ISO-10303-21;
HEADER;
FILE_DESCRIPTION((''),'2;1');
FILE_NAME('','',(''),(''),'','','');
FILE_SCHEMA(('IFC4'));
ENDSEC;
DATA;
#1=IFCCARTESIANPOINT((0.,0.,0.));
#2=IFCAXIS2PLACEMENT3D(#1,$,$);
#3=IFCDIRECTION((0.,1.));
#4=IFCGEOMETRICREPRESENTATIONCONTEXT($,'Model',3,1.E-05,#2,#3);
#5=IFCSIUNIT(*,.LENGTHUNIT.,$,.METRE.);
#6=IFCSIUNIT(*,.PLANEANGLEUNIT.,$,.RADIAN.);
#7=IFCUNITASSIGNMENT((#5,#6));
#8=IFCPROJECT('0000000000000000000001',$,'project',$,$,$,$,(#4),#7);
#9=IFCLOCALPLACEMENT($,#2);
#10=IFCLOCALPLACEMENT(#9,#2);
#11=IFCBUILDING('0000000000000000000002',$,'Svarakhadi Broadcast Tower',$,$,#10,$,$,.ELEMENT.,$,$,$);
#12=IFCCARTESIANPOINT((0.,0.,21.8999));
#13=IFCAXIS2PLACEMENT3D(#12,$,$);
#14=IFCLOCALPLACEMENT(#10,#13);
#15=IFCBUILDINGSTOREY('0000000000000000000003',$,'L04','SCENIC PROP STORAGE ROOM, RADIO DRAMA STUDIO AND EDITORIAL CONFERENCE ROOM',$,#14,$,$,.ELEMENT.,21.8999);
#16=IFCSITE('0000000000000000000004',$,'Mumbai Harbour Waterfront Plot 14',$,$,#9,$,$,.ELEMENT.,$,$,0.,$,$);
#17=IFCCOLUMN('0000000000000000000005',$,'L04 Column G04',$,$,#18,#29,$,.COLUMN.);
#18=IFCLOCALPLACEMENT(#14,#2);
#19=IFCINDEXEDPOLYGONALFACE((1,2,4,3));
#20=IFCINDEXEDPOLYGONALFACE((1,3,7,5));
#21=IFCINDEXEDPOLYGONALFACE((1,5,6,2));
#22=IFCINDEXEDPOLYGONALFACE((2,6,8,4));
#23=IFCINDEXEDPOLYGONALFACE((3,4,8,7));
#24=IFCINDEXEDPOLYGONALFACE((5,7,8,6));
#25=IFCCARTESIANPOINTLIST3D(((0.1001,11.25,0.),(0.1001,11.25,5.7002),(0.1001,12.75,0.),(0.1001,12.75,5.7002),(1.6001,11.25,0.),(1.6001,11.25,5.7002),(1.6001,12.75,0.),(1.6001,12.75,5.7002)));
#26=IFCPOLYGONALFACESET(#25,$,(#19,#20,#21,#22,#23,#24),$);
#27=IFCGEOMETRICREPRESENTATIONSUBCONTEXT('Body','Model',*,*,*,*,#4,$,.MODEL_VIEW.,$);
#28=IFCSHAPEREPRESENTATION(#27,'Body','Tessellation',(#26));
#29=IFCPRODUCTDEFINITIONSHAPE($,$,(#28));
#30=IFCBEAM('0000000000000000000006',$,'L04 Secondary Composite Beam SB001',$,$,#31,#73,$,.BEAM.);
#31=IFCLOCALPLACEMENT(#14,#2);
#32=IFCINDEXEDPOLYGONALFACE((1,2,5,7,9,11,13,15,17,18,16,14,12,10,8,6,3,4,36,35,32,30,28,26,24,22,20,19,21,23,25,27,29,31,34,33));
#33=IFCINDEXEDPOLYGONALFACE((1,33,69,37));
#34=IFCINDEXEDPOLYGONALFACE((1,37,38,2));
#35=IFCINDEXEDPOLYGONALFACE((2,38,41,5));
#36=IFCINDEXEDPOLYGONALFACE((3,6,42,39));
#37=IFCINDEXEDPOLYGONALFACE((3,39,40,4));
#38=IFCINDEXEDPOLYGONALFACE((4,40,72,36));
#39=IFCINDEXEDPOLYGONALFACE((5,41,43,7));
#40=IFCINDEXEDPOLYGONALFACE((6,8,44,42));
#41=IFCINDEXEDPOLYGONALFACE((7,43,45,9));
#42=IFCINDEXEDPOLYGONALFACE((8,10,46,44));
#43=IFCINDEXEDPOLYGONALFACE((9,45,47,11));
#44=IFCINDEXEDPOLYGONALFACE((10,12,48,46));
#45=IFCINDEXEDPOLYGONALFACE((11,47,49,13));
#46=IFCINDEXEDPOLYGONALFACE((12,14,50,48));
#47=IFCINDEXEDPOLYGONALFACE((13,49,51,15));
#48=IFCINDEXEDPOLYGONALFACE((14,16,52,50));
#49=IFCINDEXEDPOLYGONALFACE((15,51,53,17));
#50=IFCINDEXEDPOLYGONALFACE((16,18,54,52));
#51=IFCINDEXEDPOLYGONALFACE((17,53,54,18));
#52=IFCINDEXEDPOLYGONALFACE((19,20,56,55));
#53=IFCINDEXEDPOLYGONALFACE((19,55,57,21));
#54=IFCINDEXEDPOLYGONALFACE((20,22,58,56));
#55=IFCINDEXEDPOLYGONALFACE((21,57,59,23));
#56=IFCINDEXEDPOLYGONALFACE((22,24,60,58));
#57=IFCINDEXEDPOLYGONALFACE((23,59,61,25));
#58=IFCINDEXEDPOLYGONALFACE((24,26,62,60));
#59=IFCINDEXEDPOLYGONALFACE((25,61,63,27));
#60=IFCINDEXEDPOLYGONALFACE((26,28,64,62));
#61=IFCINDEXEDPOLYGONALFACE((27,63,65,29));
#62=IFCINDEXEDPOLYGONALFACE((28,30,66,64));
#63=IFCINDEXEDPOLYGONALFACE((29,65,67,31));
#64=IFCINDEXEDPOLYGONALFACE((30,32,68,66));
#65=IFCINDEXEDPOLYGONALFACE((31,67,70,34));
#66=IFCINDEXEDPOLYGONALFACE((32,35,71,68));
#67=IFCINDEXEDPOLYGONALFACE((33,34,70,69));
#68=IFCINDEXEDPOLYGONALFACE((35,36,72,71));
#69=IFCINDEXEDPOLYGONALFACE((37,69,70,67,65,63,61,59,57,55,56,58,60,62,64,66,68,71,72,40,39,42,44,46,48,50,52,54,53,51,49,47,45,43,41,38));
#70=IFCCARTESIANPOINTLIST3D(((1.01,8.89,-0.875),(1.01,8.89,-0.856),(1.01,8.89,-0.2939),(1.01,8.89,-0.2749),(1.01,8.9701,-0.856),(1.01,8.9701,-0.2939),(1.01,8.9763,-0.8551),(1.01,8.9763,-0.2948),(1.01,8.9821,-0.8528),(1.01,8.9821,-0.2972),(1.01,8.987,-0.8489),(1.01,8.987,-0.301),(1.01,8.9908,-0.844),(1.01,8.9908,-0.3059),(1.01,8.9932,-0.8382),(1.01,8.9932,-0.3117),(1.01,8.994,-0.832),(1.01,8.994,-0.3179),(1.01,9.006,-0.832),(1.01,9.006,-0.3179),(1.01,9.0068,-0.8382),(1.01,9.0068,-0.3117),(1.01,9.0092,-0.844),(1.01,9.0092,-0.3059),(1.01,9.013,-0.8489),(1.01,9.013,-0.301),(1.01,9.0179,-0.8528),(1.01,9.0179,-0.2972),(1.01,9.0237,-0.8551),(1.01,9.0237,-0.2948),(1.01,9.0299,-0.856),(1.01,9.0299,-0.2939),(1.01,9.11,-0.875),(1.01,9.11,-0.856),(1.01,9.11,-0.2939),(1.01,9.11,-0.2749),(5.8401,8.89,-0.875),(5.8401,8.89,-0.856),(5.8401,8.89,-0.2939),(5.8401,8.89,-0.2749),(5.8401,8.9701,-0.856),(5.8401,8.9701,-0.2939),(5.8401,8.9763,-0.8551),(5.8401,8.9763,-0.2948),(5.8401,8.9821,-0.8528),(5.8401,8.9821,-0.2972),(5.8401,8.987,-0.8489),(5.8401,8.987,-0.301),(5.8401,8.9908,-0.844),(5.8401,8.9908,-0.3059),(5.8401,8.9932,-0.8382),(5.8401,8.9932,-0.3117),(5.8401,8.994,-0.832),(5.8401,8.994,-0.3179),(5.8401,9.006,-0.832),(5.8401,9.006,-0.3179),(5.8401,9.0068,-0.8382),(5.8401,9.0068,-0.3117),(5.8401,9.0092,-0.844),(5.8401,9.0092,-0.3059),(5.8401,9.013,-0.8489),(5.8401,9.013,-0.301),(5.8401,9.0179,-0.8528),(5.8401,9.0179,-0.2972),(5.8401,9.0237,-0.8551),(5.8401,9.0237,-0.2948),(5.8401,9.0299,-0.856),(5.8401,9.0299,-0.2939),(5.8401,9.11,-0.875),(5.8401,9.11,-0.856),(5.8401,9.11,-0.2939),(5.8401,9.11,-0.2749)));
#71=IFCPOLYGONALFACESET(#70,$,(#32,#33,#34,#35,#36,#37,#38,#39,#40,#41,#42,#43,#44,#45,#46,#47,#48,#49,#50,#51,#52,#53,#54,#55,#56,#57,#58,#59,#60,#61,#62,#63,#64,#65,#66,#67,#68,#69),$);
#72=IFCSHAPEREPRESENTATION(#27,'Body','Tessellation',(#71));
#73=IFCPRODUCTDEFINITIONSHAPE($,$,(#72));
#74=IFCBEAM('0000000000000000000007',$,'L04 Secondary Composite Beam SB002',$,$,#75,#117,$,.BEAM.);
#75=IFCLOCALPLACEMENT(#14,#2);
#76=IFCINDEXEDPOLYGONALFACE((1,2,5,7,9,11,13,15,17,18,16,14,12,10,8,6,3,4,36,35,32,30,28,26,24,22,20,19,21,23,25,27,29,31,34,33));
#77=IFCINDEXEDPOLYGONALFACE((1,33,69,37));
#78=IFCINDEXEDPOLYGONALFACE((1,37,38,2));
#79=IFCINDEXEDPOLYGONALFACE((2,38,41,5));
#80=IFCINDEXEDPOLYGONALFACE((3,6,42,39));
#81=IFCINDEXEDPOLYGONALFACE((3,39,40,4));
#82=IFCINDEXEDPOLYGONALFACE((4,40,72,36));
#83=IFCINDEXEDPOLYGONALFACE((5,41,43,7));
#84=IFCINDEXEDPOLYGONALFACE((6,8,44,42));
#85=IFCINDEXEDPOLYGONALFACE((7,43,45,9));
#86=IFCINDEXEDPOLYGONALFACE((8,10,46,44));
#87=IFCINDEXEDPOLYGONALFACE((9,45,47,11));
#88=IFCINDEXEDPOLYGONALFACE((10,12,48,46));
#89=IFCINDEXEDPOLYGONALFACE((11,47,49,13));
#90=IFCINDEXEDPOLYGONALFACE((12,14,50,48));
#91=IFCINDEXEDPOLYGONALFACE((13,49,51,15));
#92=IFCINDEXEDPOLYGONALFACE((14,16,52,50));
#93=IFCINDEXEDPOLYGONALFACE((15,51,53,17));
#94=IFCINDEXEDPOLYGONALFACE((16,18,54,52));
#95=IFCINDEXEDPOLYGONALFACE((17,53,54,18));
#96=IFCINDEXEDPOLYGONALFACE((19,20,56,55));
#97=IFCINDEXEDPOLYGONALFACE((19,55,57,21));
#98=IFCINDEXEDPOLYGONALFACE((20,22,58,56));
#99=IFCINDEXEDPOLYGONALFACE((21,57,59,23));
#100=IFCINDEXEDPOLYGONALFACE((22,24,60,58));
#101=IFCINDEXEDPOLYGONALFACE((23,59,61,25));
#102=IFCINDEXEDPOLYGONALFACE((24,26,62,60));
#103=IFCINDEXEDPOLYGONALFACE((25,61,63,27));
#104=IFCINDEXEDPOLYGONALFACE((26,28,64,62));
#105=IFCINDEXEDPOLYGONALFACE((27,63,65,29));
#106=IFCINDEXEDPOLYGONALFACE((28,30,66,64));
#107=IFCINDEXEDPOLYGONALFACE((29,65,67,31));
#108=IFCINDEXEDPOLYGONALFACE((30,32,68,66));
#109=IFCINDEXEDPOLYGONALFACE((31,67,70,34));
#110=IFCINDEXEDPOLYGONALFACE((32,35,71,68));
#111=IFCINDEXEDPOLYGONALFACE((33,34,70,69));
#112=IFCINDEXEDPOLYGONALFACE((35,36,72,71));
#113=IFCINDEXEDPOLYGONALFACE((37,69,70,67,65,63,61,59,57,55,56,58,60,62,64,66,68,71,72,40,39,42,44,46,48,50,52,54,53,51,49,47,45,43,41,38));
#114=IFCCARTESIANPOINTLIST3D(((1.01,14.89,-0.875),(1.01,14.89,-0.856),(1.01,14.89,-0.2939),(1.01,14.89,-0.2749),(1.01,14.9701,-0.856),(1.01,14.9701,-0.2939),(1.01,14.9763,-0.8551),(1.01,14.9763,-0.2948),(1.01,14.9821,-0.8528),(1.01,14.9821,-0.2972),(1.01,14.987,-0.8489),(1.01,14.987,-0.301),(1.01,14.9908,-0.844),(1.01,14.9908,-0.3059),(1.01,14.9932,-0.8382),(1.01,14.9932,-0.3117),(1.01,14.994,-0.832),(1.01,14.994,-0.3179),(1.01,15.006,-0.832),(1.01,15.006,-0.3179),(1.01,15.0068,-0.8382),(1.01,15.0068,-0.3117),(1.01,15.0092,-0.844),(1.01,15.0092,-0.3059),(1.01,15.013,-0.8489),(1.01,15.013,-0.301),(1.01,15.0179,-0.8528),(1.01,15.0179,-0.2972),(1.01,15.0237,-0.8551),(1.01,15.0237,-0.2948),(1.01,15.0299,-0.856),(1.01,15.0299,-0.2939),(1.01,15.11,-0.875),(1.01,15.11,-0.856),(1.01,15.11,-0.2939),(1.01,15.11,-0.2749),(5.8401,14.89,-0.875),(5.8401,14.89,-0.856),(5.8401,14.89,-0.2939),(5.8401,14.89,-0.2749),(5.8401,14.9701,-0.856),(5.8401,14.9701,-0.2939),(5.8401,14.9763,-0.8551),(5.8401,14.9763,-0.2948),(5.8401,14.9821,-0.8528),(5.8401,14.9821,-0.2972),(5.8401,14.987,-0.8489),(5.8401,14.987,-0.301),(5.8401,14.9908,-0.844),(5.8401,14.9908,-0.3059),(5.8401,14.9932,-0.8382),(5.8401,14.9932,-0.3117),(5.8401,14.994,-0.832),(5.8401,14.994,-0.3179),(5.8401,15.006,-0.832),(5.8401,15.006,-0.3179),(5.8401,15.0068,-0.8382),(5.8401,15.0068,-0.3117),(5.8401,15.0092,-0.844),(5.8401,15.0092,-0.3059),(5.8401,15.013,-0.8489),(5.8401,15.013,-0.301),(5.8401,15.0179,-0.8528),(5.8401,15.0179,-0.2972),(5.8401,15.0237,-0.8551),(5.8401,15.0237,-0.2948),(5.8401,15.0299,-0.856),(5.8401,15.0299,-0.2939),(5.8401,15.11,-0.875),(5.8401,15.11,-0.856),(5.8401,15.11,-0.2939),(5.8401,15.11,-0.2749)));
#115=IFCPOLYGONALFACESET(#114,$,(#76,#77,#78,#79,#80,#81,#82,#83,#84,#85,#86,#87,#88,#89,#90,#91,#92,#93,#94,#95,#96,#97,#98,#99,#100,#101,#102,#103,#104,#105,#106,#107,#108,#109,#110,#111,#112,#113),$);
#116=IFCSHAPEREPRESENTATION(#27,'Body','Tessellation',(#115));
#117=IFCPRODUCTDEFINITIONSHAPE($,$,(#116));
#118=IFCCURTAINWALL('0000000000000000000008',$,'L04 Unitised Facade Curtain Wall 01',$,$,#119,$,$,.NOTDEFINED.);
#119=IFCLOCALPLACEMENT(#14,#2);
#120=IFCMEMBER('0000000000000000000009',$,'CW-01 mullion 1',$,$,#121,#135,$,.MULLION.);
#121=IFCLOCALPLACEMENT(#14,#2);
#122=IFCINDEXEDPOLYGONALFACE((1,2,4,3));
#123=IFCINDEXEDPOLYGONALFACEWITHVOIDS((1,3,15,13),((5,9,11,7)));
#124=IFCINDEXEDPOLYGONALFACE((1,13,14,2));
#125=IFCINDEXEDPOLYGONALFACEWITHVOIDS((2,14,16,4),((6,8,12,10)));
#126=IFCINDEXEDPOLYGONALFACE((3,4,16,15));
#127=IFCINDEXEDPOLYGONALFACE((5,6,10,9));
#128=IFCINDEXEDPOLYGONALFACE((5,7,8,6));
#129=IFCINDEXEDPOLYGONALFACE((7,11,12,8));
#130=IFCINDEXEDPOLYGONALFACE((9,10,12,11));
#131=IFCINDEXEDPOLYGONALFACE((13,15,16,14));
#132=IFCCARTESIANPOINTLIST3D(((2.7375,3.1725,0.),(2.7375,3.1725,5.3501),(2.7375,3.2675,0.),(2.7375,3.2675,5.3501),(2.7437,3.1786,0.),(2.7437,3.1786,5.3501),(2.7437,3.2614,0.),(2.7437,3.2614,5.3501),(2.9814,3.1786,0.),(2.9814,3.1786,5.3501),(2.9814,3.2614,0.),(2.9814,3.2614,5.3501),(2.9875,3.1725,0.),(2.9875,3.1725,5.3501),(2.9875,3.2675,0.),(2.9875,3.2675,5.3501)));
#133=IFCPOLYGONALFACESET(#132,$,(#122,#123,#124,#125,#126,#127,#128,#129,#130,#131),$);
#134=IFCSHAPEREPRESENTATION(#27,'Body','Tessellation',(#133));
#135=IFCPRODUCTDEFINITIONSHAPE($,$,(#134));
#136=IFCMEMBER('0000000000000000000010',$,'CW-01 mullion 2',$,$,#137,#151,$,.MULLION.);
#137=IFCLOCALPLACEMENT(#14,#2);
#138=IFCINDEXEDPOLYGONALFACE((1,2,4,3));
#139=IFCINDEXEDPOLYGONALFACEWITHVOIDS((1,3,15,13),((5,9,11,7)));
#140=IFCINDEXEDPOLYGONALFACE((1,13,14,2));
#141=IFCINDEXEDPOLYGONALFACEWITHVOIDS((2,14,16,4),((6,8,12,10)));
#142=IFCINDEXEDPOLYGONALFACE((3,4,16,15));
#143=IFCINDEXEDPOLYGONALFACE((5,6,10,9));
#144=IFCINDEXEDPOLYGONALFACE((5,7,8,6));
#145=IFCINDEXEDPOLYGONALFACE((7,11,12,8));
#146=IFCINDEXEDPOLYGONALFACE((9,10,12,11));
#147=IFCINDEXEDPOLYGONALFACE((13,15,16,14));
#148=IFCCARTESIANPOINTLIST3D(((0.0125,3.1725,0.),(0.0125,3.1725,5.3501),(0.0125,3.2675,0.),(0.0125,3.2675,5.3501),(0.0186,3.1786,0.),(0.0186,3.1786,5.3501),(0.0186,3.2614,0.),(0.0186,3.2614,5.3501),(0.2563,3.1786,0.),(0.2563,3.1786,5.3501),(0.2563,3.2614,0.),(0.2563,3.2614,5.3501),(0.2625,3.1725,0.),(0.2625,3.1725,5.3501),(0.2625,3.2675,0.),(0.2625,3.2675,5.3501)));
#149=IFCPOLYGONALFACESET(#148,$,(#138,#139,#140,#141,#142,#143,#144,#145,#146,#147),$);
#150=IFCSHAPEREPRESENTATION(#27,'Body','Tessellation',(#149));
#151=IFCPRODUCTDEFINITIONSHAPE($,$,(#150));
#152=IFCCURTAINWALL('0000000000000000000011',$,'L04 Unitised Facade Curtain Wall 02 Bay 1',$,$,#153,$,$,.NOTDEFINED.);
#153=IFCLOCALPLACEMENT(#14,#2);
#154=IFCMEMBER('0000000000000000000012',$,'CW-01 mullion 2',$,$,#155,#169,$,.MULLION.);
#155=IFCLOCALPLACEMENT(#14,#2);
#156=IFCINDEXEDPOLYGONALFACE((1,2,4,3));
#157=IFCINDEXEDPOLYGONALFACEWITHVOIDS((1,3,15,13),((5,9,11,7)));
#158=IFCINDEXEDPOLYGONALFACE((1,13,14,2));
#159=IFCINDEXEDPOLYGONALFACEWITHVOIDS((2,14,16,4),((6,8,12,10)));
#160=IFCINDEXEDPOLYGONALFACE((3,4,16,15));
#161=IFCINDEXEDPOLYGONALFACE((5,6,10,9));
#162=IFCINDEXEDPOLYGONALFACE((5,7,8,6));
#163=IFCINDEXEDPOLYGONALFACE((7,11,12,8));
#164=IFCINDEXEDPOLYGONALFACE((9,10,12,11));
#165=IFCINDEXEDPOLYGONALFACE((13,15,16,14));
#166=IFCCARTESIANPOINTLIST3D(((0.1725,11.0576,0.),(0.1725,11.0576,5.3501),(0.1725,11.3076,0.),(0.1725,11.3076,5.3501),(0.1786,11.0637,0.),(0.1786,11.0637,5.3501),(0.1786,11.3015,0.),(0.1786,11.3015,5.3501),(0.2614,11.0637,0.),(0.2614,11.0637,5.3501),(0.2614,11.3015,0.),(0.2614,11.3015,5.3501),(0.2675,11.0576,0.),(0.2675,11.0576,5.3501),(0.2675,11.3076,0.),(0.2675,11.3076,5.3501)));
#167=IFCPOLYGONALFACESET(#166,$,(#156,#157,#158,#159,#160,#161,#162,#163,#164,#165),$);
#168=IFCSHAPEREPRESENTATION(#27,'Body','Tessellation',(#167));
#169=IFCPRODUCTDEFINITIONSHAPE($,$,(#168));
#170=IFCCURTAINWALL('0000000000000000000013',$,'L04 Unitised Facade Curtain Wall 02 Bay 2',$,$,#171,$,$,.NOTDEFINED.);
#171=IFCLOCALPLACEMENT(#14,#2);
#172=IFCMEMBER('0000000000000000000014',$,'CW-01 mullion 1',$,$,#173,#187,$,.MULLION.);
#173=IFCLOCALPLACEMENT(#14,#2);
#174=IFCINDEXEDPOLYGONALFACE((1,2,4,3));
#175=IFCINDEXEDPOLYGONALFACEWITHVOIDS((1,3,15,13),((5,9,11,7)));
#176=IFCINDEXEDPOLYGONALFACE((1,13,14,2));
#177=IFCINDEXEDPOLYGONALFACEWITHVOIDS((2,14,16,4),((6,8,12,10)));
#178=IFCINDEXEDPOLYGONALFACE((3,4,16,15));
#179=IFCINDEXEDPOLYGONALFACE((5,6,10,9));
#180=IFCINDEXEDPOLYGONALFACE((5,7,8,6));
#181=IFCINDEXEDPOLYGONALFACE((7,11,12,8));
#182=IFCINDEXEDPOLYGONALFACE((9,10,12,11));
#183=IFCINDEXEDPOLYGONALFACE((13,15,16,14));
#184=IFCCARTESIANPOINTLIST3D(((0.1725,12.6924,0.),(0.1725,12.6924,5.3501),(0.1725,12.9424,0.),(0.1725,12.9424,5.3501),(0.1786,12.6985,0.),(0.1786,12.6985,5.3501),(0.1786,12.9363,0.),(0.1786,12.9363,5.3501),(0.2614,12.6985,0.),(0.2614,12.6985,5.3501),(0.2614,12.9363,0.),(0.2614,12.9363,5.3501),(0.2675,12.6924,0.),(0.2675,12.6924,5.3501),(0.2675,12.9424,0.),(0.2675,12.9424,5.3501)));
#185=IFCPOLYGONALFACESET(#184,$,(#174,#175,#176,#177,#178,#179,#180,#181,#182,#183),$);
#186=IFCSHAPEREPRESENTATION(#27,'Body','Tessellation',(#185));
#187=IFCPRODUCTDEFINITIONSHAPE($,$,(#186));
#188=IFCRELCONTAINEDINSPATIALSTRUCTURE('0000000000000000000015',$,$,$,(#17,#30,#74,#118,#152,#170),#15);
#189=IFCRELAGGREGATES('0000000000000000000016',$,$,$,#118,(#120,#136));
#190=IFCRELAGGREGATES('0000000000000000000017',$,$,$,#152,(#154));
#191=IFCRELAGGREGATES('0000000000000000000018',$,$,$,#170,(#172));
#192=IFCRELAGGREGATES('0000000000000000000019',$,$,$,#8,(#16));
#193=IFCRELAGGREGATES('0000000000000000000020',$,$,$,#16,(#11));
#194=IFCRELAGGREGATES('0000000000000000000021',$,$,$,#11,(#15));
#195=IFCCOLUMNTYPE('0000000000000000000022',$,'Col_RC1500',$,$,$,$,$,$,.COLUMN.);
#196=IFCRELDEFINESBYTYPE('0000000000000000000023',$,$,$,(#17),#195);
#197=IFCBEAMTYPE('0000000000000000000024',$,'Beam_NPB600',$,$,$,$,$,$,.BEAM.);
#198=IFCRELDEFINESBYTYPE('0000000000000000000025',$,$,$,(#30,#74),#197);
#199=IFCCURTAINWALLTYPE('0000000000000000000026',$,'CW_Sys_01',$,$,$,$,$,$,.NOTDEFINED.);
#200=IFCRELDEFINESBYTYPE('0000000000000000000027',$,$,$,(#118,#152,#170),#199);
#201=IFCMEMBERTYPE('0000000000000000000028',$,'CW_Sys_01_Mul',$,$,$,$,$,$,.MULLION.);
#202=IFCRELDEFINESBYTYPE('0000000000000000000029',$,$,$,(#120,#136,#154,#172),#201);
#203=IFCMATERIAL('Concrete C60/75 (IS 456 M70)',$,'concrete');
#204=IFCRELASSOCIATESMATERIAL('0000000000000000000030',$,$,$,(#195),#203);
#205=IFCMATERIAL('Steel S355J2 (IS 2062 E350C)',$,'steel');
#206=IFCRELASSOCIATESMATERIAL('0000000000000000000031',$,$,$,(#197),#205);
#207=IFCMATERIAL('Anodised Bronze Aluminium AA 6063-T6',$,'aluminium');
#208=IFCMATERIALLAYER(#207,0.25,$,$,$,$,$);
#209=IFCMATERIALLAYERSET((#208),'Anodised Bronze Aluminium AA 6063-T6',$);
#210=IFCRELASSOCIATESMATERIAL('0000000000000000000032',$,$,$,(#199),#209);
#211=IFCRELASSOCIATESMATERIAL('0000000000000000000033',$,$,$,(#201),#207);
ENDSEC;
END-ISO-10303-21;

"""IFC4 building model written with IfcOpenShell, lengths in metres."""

from ifc_helpers import new_model, si_unit, direction, frame, origin, origin_2d, place, context, subcontext, project, spatial, rectangle, hollow_rectangle, i_section, extrude, material, layer, layer_set, material_profile, profile_set, type_object, element, aggregate, save


model = new_model("IFC4")

# Units and contexts
model_context = context("Model", 3, precision=1e-05, world=origin(), true_north=direction((0.0, 1.0)))
body_context = subcontext(model_context, "Body", "Model", "MODEL_VIEW")
ifc_project = project(units=[si_unit("LENGTHUNIT", "METRE"), si_unit("PLANEANGLEUNIT", "RADIAN")], contexts=[model_context])

# Site, building, storey
site_placement = place(None, origin())
site = spatial("IfcSite", under=ifc_project, at=site_placement, Name="Mumbai Harbour Waterfront Plot 14", CompositionType="ELEMENT", RefElevation=0.0)
building_placement = place(site_placement, origin())
building = spatial("IfcBuilding", under=site, at=building_placement, Name="Svarakhadi Broadcast Tower", CompositionType="ELEMENT")
storey_placement = place(building_placement, frame((0.0, 0.0, 21.8999)))
storey = spatial("IfcBuildingStorey", under=building, at=storey_placement, Name="L04", Description="SCENIC PROP STORAGE ROOM, RADIO DRAMA STUDIO AND EDITORIAL CONFERENCE ROOM", CompositionType="ELEMENT", Elevation=21.8999)

# Column
ifc_material_1 = material(Name="Concrete C60/75 (IS 456 M70)", Category="concrete")
ifc_material_profile_1 = material_profile(ifc_material_1, rectangle(XDim=1.5, YDim=1.5, at=origin_2d()), Name="RC 1500x1500")
ifc_profile_set_1 = profile_set([ifc_material_profile_1], Name="Concrete C60/75 (IS 456 M70)")
column_type_1 = type_object("IfcColumnType", Name="Col_RC1500", PredefinedType="COLUMN", material=ifc_profile_set_1)
column_placement = place(storey_placement, frame((0.8501, 12.0, 0.0), z_axis=(0.0, 0.0, 1.0), x_axis=(1.0, 0.0, 0.0)))
element("IfcColumn", 1, at=column_placement, inside=storey, type_object=column_type_1, Name="L04 Column G04", PredefinedType="COLUMN", context=body_context, shape_type="SweptSolid", body=[
    extrude(rectangle(XDim=1.5, YDim=1.5, at=origin_2d()), origin(), (0.0, 0.0, 1.0), 5.7002),
])

# Beams
ifc_material_2 = material(Name="Steel S355J2 (IS 2062 E350C)", Category="steel")
ifc_material_profile_2 = material_profile(ifc_material_2, i_section(OverallWidth=0.22, OverallDepth=0.6001, WebThickness=0.012, FlangeThickness=0.019, FilletRadius=0.0239, at=origin_2d()), Name="NPB 600x220x122")
ifc_profile_set_2 = profile_set([ifc_material_profile_2], Name="Steel S355J2 (IS 2062 E350C)")
beam_type_1 = type_object("IfcBeamType", Name="Beam_NPB600", PredefinedType="BEAM", material=ifc_profile_set_2)
for number, where, z_axis, x_axis, name in (
    (2, (1.01, 9.0, -0.575), (1.0, 0.0, 0.0), (0.0, 1.0, 0.0), "L04 Secondary Composite Beam SB001"),
    (3, (1.01, 15.0, -0.575), (1.0, 0.0, 0.0), (0.0, 1.0, 0.0), "L04 Secondary Composite Beam SB002"),
):
    element("IfcBeam", number, at=place(storey_placement, frame(where, z_axis=z_axis, x_axis=x_axis)), inside=storey, type_object=beam_type_1, Name=name, PredefinedType="BEAM", context=body_context, shape_type="SweptSolid", body=[
        extrude(i_section(OverallWidth=0.22, OverallDepth=0.6001, WebThickness=0.012, FlangeThickness=0.019, FilletRadius=0.0239, at=origin_2d()), origin(), (0.0, 0.0, 1.0), 4.8301),
    ])

# Curtain wall, members
ifc_material_3 = material(Name="Anodised Bronze Aluminium AA 6063-T6", Category="aluminium")
ifc_layer_1 = layer(ifc_material_3, 0.25)
ifc_layer_set_1 = layer_set([ifc_layer_1], Name="Anodised Bronze Aluminium AA 6063-T6")
curtain_wall_type = type_object("IfcCurtainWallType", Name="CW_Sys_01", PredefinedType="NOTDEFINED", material=ifc_layer_set_1)
curtain_wall_1_placement = place(storey_placement, origin())
curtain_wall_1 = element("IfcCurtainWall", 4, at=curtain_wall_1_placement, inside=storey, type_object=curtain_wall_type, Name="L04 Unitised Facade Curtain Wall 01", PredefinedType="NOTDEFINED")
ifc_material_profile_3 = material_profile(ifc_material_3, hollow_rectangle(XDim=0.095, YDim=0.25, WallThickness=0.0061, at=origin_2d()), Name="ALU MULLION 250x95x6")
ifc_profile_set_3 = profile_set([ifc_material_profile_3], Name="Anodised Bronze Aluminium AA 6063-T6")
member_type_1 = type_object("IfcMemberType", Name="CW_Sys_01_Mul", PredefinedType="MULLION", material=ifc_profile_set_3)
member_1_placement = place(storey_placement, frame((2.8625, 3.22, 0.0), z_axis=(0.0, 0.0, 1.0), x_axis=(0.0, -1.0, 0.0)))
member_1 = element("IfcMember", 5, at=member_1_placement, type_object=member_type_1, Name="CW-01 mullion 1", PredefinedType="MULLION", context=body_context, shape_type="SweptSolid", body=[
    extrude(hollow_rectangle(XDim=0.095, YDim=0.25, WallThickness=0.0061, at=origin_2d()), origin(), (0.0, 0.0, 1.0), 5.3501),
])
member_2_placement = place(storey_placement, frame((0.1375, 3.22, 0.0), z_axis=(0.0, 0.0, 1.0), x_axis=(0.0, -1.0, 0.0)))
member_2 = element("IfcMember", 6, at=member_2_placement, type_object=member_type_1, Name="CW-01 mullion 2", PredefinedType="MULLION", context=body_context, shape_type="SweptSolid", body=[
    extrude(hollow_rectangle(XDim=0.095, YDim=0.25, WallThickness=0.0061, at=origin_2d()), origin(), (0.0, 0.0, 1.0), 5.3501),
])

# Curtain walls, members
curtain_wall_2_placement = place(storey_placement, origin())
curtain_wall_2 = element("IfcCurtainWall", 7, at=curtain_wall_2_placement, inside=storey, type_object=curtain_wall_type, Name="L04 Unitised Facade Curtain Wall 02 Bay 1", PredefinedType="NOTDEFINED")
member_3_placement = place(storey_placement, frame((0.22, 11.1826, 0.0), z_axis=(0.0, 0.0, 1.0), x_axis=(-1.0, 0.0, 0.0)))
member_3 = element("IfcMember", 8, at=member_3_placement, type_object=member_type_1, Name="CW-01 mullion 2", PredefinedType="MULLION", context=body_context, shape_type="SweptSolid", body=[
    extrude(hollow_rectangle(XDim=0.095, YDim=0.25, WallThickness=0.0061, at=origin_2d()), origin(), (0.0, 0.0, 1.0), 5.3501),
])
curtain_wall_3_placement = place(storey_placement, origin())
curtain_wall_3 = element("IfcCurtainWall", 9, at=curtain_wall_3_placement, inside=storey, type_object=curtain_wall_type, Name="L04 Unitised Facade Curtain Wall 02 Bay 2", PredefinedType="NOTDEFINED")
member_4_placement = place(storey_placement, frame((0.22, 12.8174, 0.0), z_axis=(0.0, 0.0, 1.0), x_axis=(-1.0, 0.0, 0.0)))
member_4 = element("IfcMember", 10, at=member_4_placement, type_object=member_type_1, Name="CW-01 mullion 1", PredefinedType="MULLION", context=body_context, shape_type="SweptSolid", body=[
    extrude(hollow_rectangle(XDim=0.095, YDim=0.25, WallThickness=0.0061, at=origin_2d()), origin(), (0.0, 0.0, 1.0), 5.3501),
])

aggregate(curtain_wall_1, [member_1, member_2])
aggregate(curtain_wall_2, [member_3])
aggregate(curtain_wall_3, [member_4])

save(model, "model.ifc")
